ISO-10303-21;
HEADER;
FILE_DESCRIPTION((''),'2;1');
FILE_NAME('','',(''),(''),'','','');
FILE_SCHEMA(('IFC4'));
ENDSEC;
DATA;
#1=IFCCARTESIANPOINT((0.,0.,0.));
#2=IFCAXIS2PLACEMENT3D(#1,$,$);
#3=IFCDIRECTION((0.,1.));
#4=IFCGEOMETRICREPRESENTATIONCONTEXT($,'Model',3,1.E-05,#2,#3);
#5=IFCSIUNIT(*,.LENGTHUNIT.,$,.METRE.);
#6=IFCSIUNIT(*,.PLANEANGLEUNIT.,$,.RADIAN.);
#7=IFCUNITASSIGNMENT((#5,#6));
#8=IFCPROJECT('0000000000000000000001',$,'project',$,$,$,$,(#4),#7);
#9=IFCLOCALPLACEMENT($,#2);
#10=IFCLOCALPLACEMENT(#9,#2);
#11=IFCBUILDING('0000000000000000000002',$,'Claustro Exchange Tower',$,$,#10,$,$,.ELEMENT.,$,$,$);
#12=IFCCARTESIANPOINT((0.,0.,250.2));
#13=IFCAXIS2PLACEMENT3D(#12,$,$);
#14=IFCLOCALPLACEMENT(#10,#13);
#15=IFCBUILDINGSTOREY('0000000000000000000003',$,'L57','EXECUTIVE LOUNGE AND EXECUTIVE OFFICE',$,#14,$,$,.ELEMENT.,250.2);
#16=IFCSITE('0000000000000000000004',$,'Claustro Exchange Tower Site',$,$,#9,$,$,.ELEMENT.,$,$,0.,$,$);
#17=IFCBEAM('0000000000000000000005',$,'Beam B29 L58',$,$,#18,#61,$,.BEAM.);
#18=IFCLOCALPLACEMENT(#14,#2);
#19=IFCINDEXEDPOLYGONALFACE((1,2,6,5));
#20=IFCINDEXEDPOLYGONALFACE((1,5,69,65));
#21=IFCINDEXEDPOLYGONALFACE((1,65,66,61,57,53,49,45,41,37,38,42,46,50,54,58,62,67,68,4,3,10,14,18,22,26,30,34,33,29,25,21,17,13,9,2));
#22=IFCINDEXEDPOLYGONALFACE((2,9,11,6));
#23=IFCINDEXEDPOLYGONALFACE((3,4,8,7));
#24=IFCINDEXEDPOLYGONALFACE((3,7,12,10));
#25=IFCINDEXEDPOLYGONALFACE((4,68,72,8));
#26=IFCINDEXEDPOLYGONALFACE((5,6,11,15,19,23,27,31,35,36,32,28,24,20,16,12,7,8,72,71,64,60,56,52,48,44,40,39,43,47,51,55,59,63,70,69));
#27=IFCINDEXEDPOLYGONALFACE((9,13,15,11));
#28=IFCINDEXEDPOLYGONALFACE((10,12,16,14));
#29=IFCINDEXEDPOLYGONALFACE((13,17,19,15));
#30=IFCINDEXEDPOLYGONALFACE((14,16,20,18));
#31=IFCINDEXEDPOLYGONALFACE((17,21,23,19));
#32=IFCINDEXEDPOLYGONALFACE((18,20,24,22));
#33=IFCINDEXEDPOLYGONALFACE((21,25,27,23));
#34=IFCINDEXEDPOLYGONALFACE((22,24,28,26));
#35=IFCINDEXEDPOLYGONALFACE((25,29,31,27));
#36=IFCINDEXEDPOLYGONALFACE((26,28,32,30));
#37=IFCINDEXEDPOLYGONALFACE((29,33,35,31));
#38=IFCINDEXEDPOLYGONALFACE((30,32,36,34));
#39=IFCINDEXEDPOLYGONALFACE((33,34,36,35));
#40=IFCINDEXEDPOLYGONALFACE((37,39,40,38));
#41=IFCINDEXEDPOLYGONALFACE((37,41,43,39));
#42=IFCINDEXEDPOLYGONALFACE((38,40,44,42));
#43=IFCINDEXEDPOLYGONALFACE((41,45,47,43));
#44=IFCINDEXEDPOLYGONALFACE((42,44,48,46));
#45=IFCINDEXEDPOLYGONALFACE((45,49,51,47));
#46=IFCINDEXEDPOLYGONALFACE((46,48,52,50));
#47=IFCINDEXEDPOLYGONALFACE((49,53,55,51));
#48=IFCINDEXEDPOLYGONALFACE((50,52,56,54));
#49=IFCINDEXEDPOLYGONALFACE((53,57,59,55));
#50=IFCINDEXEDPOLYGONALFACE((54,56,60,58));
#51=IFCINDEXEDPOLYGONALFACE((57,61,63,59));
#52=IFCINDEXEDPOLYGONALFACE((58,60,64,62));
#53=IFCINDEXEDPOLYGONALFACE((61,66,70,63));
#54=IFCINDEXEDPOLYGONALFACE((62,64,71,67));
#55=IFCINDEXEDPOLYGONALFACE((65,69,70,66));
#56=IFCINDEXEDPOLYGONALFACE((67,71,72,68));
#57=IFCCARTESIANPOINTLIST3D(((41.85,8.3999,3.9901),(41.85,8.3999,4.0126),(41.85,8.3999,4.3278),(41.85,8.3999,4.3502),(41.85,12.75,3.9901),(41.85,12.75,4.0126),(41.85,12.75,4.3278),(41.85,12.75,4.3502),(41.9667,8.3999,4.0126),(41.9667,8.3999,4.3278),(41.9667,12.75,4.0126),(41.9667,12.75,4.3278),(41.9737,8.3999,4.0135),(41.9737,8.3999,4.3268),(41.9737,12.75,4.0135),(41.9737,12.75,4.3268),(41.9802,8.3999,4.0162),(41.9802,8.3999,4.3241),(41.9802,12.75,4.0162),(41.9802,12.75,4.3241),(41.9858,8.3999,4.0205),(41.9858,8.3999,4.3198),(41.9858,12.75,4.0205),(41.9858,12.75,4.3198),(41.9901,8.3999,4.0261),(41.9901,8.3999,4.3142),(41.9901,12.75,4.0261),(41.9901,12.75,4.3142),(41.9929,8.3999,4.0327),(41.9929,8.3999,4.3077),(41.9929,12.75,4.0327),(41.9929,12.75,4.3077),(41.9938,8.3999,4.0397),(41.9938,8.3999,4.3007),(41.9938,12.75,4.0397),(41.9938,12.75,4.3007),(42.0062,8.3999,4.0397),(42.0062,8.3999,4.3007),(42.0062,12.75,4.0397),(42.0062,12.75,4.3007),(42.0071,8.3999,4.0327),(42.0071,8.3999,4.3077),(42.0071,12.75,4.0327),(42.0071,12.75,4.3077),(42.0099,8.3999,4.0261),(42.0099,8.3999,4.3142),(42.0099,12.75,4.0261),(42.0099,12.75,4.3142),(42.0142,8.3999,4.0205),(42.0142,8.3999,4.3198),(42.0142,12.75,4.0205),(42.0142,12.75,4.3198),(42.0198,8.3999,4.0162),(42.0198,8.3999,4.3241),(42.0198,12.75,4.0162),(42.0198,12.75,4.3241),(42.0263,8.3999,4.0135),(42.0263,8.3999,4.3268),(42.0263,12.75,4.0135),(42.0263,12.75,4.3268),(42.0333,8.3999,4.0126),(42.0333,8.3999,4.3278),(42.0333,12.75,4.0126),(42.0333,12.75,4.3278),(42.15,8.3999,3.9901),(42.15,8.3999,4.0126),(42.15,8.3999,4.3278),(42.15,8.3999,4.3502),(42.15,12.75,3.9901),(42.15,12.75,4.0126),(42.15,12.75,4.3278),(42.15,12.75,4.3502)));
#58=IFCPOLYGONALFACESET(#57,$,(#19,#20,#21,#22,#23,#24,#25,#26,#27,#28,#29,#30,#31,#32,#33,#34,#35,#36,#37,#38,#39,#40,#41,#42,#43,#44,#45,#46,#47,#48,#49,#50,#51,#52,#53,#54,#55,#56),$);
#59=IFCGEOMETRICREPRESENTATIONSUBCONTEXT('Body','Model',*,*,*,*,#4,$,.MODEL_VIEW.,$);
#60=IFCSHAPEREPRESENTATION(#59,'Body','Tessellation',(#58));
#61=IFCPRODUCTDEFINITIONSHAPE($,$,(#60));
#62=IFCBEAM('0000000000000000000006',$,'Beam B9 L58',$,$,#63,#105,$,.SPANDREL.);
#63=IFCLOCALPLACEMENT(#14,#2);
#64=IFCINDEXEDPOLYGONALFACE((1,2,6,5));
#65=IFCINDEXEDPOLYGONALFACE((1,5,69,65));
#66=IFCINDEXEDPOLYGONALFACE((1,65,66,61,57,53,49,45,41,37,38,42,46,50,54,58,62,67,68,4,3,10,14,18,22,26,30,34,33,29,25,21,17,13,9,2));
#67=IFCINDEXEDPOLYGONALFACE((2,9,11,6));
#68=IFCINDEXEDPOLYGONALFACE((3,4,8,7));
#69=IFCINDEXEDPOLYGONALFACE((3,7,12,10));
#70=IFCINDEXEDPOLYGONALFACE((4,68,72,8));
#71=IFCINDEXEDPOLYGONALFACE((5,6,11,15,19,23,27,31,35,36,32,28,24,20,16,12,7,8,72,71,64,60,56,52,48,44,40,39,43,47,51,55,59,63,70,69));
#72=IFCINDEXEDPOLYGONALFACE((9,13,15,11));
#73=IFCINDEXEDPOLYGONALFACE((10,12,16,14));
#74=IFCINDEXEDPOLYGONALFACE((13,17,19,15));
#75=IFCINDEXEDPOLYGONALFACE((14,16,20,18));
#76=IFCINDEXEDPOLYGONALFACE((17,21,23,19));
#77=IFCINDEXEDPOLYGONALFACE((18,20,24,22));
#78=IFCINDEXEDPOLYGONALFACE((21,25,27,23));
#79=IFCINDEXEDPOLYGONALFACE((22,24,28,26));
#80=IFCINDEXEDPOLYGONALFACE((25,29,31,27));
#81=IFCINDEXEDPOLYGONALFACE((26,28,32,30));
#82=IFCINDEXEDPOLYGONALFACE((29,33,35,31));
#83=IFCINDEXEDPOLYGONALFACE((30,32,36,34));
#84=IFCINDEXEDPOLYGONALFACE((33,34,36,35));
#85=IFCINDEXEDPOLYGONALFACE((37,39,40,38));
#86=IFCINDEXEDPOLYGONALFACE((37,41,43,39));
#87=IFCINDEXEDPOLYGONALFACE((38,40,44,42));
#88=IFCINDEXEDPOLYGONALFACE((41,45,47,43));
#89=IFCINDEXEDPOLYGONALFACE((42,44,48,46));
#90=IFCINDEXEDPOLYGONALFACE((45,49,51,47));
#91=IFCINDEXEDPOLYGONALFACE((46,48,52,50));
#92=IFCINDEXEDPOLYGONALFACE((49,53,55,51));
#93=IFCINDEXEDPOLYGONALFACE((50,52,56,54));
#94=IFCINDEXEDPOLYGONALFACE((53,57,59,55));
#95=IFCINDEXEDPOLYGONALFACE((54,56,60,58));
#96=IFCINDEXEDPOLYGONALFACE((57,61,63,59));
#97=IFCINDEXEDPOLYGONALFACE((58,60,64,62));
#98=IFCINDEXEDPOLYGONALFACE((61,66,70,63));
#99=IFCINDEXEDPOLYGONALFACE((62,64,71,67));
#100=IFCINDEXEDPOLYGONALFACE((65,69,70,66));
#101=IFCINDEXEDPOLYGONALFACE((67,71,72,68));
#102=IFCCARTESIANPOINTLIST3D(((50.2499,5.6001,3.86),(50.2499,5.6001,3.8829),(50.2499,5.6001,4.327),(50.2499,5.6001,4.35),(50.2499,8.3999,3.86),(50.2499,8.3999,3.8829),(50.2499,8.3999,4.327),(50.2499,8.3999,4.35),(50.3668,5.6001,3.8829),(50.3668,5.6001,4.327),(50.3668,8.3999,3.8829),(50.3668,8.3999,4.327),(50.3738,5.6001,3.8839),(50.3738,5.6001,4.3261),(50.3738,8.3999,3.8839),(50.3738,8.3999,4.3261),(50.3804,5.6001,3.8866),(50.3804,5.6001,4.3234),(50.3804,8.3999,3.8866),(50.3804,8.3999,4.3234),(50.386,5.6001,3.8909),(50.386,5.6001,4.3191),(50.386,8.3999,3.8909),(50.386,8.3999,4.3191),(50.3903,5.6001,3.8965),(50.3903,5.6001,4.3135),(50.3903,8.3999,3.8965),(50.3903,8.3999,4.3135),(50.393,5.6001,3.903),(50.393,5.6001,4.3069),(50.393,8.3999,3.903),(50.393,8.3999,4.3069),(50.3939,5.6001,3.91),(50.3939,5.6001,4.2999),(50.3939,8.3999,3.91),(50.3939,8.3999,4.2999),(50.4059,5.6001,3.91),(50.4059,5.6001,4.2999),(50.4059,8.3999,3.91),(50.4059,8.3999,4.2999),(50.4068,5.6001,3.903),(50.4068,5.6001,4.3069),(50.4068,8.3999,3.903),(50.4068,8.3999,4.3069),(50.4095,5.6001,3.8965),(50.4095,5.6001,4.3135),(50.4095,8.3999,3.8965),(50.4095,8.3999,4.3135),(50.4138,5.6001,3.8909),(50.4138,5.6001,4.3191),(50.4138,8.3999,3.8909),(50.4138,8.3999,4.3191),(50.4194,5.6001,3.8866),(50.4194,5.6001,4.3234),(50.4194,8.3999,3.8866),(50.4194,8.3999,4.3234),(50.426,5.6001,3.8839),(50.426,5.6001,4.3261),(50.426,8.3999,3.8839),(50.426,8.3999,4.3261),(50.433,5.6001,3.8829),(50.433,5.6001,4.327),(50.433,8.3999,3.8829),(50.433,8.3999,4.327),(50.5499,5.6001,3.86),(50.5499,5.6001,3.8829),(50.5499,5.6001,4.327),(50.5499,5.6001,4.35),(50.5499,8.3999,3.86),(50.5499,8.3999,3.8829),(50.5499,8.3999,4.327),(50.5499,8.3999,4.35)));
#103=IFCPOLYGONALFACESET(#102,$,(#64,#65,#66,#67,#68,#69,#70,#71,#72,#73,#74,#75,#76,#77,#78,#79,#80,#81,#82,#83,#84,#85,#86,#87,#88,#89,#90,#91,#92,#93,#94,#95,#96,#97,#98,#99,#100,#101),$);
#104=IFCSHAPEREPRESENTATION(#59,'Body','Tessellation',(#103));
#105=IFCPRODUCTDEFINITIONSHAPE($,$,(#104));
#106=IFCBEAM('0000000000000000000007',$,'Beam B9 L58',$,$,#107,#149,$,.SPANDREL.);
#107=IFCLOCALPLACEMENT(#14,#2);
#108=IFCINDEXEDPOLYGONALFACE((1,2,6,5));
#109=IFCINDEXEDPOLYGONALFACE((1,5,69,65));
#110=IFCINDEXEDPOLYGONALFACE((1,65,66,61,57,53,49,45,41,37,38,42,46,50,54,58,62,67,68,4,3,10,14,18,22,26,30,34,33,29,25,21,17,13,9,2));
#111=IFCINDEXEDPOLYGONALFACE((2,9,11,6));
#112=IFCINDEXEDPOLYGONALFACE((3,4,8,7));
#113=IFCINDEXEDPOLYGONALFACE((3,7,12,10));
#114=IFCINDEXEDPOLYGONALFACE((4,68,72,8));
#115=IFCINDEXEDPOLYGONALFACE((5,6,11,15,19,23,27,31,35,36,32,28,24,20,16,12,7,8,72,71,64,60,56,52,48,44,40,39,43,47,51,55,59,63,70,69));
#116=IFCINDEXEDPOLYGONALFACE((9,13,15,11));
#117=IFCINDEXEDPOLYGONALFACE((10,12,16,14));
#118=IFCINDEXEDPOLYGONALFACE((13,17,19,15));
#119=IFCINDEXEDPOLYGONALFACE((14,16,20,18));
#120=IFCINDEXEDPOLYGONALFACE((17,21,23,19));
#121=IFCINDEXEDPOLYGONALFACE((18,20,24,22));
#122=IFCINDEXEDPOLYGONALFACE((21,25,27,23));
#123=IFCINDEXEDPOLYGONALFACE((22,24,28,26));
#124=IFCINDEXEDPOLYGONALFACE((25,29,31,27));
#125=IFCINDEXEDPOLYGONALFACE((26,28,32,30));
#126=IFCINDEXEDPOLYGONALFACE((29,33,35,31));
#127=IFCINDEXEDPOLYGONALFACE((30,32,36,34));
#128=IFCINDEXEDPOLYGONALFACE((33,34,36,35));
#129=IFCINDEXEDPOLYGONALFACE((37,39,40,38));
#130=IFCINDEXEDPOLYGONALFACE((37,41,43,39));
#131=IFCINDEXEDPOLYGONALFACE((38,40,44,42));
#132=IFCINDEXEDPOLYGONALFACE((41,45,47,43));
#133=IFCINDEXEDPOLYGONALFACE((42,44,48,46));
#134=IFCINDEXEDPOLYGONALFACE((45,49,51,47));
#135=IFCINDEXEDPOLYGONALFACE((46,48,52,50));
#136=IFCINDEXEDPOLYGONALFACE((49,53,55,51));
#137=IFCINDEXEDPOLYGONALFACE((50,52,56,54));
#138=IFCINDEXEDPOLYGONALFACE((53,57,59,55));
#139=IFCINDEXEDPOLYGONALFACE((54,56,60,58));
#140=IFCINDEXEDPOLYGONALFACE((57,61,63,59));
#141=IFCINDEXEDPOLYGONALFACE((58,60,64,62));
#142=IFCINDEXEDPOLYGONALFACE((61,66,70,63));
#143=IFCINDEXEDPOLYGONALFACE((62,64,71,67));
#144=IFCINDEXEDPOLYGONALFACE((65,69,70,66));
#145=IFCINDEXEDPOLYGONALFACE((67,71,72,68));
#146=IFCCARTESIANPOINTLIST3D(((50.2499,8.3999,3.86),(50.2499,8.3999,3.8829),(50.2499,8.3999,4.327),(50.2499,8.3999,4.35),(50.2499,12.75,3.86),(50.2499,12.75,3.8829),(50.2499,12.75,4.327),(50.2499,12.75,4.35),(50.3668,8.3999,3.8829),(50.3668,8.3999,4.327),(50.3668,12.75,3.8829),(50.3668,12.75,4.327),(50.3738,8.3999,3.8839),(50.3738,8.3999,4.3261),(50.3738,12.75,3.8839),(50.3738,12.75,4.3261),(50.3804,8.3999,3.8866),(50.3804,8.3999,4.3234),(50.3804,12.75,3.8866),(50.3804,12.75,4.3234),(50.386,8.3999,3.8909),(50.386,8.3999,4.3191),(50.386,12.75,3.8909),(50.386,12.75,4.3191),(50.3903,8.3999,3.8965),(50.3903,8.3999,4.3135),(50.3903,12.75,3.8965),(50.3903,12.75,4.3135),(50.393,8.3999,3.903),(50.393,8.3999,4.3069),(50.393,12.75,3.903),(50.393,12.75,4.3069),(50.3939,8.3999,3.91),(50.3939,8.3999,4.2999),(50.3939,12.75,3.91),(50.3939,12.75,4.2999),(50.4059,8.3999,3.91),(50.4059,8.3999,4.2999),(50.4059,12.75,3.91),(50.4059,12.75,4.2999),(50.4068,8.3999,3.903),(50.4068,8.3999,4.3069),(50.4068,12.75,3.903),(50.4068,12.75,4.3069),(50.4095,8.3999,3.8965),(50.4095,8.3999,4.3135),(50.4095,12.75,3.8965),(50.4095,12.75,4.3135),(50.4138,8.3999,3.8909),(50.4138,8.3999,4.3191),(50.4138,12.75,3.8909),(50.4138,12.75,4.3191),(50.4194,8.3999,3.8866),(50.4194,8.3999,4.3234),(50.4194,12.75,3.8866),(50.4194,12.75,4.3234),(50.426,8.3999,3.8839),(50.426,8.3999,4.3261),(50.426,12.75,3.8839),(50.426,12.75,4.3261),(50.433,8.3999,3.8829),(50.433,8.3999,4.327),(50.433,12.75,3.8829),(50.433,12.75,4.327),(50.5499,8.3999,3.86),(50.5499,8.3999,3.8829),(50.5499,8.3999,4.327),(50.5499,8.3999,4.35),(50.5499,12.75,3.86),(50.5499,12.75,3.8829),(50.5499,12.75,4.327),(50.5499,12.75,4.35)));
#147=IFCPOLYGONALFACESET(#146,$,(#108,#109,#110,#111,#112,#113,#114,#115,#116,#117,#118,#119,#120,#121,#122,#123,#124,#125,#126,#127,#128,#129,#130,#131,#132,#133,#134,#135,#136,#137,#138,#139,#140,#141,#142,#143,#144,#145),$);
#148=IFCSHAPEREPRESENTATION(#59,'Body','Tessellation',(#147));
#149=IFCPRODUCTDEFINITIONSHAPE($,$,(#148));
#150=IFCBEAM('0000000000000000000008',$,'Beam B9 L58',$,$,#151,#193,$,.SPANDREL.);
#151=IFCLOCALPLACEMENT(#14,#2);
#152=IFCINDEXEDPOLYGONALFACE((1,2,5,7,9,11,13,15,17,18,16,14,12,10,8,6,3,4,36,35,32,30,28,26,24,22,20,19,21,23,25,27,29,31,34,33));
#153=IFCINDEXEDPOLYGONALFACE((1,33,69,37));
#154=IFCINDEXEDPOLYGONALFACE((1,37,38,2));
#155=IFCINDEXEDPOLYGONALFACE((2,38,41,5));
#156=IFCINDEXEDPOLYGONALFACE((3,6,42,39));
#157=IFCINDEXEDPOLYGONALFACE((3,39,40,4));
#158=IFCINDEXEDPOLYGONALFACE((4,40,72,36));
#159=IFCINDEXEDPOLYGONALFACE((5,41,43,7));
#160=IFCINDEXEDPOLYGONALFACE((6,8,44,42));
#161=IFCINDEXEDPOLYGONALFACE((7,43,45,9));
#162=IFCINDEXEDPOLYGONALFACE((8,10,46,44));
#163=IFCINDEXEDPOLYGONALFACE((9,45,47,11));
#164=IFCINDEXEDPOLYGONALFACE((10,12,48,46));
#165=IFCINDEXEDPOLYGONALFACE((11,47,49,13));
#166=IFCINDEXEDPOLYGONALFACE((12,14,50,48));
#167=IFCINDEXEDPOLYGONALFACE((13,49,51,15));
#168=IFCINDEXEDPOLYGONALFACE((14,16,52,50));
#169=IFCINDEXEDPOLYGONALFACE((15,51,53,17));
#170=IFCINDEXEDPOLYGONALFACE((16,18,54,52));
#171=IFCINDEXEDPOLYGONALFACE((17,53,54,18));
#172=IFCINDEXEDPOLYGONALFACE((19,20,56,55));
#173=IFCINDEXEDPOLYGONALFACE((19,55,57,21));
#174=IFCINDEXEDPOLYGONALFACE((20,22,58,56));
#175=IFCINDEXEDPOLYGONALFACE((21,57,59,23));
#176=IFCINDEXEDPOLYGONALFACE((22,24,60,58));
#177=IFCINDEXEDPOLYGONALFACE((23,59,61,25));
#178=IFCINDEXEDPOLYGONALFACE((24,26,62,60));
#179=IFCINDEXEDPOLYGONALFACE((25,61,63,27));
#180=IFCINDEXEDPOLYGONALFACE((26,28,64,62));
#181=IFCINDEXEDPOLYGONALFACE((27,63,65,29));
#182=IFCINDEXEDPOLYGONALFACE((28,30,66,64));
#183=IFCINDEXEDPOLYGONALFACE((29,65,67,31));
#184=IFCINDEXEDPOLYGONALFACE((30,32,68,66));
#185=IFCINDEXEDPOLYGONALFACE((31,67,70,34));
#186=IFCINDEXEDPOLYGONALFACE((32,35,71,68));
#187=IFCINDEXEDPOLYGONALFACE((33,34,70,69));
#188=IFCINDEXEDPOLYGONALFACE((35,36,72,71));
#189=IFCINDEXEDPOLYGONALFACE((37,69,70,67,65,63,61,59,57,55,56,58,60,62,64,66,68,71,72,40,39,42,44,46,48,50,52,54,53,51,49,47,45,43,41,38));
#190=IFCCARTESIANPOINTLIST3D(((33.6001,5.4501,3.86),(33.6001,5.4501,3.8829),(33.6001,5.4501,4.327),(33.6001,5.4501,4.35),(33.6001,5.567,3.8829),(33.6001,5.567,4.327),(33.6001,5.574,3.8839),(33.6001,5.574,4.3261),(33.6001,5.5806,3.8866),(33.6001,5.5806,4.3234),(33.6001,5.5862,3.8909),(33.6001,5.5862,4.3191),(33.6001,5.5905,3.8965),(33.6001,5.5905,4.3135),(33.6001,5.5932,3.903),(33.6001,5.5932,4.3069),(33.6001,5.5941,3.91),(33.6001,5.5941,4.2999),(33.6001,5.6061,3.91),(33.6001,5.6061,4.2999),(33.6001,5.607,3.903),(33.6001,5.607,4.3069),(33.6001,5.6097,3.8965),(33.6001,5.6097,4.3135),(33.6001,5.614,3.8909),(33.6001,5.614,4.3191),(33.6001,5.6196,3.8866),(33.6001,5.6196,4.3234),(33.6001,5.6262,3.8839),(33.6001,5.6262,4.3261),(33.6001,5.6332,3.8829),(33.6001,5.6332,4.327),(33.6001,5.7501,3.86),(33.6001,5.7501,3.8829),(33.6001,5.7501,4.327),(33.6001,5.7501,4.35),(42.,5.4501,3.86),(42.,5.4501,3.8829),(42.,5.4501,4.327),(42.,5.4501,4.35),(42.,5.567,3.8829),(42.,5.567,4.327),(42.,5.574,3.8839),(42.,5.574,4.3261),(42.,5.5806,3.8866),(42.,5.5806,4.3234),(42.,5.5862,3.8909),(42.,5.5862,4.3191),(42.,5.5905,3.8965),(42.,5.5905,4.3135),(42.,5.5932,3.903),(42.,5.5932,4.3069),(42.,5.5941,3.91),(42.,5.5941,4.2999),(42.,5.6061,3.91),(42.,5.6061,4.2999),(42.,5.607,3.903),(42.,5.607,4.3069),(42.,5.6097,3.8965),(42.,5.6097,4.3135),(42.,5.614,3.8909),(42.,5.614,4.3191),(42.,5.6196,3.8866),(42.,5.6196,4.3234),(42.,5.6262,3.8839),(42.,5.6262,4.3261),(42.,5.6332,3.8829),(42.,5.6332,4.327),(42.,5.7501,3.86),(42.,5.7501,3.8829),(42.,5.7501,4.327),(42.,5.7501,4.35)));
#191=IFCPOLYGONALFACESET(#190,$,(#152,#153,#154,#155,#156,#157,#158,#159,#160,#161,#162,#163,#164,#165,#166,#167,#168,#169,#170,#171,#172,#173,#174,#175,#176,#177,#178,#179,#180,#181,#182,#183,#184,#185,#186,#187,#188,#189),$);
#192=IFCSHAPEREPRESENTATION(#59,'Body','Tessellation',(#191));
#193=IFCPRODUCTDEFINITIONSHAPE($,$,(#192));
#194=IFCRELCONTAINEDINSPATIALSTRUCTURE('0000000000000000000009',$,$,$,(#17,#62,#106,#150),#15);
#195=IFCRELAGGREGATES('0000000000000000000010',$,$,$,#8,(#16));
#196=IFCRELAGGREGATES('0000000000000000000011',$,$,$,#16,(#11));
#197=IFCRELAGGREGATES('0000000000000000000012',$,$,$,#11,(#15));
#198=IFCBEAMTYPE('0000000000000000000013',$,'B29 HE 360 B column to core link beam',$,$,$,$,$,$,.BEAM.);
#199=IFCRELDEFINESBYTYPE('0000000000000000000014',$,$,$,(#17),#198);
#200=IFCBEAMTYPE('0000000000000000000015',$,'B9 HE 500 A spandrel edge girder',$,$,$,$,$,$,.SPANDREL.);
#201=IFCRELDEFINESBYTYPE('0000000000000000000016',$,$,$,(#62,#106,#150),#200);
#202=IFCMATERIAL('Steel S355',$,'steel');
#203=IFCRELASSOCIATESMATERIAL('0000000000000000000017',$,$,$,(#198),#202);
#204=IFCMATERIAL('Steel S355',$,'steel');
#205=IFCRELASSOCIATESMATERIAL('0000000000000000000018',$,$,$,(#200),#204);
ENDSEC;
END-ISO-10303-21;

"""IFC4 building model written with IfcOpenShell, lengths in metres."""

from ifc_helpers import new_model, si_unit, direction, frame, origin, origin_2d, place, context, subcontext, project, spatial, i_section, extrude, material, material_profile, profile_set, type_object, element, save


model = new_model("IFC4")

# Units and contexts
model_context = context("Model", 3, precision=1e-05, world=origin(), true_north=direction((0.0, 1.0)))
body_context = subcontext(model_context, "Body", "Model", "MODEL_VIEW")
ifc_project = project(units=[si_unit("LENGTHUNIT", "METRE"), si_unit("PLANEANGLEUNIT", "RADIAN")], contexts=[model_context])

# Site, building, storey
site_placement = place(None, origin())
site = spatial("IfcSite", under=ifc_project, at=site_placement, Name="Claustro Exchange Tower Site", CompositionType="ELEMENT", RefElevation=0.0)
building_placement = place(site_placement, origin())
building = spatial("IfcBuilding", under=site, at=building_placement, Name="Claustro Exchange Tower", CompositionType="ELEMENT")
storey_placement = place(building_placement, frame((0.0, 0.0, 250.2)))
storey = spatial("IfcBuildingStorey", under=building, at=storey_placement, Name="L57", Description="EXECUTIVE LOUNGE AND EXECUTIVE OFFICE", CompositionType="ELEMENT", Elevation=250.2)

# Beams
ifc_material_1 = material(Name="Steel S355", Category="steel")
ifc_material_profile_1 = material_profile(ifc_material_1, i_section(OverallWidth=0.3, OverallDepth=0.3601, WebThickness=0.0125, FlangeThickness=0.0225, FilletRadius=0.0271, at=origin_2d()), Name="HE 360 B")
ifc_profile_set_1 = profile_set([ifc_material_profile_1], Name="Steel S355")
beam_type_1 = type_object("IfcBeamType", Name="B29 HE 360 B column to core link beam", PredefinedType="BEAM", material=ifc_profile_set_1)
for number, where, z_axis, x_axis, name in (
    (1, (42.0, 8.3999, 4.1702), (0.0, 1.0, 0.0), (-1.0, 0.0, 0.0), "Beam B29 L58"),
):
    element("IfcBeam", number, at=place(storey_placement, frame(where, z_axis=z_axis, x_axis=x_axis)), inside=storey, type_object=beam_type_1, Name=name, PredefinedType="BEAM", context=body_context, shape_type="SweptSolid", body=[
        extrude(i_section(OverallWidth=0.3, OverallDepth=0.3601, WebThickness=0.0125, FlangeThickness=0.0225, FilletRadius=0.0271, at=origin_2d()), origin(), (0.0, 0.0, 1.0), 4.3501),
    ])
ifc_material_2 = material(Name="Steel S355", Category="steel")
ifc_material_profile_2 = material_profile(ifc_material_2, i_section(OverallWidth=0.3, OverallDepth=0.49, WebThickness=0.012, FlangeThickness=0.0229, FilletRadius=0.0271, at=origin_2d()), Name="HE 500 A")
ifc_profile_set_2 = profile_set([ifc_material_profile_2], Name="Steel S355")
beam_type_2 = type_object("IfcBeamType", Name="B9 HE 500 A spandrel edge girder", PredefinedType="SPANDREL", material=ifc_profile_set_2)
beam_1_placement = place(storey_placement, frame((50.3999, 5.6001, 4.105), z_axis=(0.0, 1.0, 0.0), x_axis=(-1.0, 0.0, 0.0)))
element("IfcBeam", 2, at=beam_1_placement, inside=storey, type_object=beam_type_2, Name="Beam B9 L58", PredefinedType="SPANDREL", context=body_context, shape_type="SweptSolid", body=[
    extrude(i_section(OverallWidth=0.3, OverallDepth=0.49, WebThickness=0.012, FlangeThickness=0.0229, FilletRadius=0.0271, at=origin_2d()), origin(), (0.0, 0.0, 1.0), 2.7998),
])
beam_2_placement = place(storey_placement, frame((50.3999, 8.3999, 4.105), z_axis=(0.0, 1.0, 0.0), x_axis=(-1.0, 0.0, 0.0)))
element("IfcBeam", 3, at=beam_2_placement, inside=storey, type_object=beam_type_2, Name="Beam B9 L58", PredefinedType="SPANDREL", context=body_context, shape_type="SweptSolid", body=[
    extrude(i_section(OverallWidth=0.3, OverallDepth=0.49, WebThickness=0.012, FlangeThickness=0.0229, FilletRadius=0.0271, at=origin_2d()), origin(), (0.0, 0.0, 1.0), 4.3501),
])
for number, where, z_axis, x_axis, name in (
    (4, (33.6001, 5.6001, 4.105), (1.0, 0.0, 0.0), (0.0, 1.0, 0.0), "Beam B9 L58"),
):
    element("IfcBeam", number, at=place(storey_placement, frame(where, z_axis=z_axis, x_axis=x_axis)), inside=storey, type_object=beam_type_2, Name=name, PredefinedType="SPANDREL", context=body_context, shape_type="SweptSolid", body=[
        extrude(i_section(OverallWidth=0.3, OverallDepth=0.49, WebThickness=0.012, FlangeThickness=0.0229, FilletRadius=0.0271, at=origin_2d()), origin(), (0.0, 0.0, 1.0), 8.3999),
    ])

save(model, "model.ifc")
